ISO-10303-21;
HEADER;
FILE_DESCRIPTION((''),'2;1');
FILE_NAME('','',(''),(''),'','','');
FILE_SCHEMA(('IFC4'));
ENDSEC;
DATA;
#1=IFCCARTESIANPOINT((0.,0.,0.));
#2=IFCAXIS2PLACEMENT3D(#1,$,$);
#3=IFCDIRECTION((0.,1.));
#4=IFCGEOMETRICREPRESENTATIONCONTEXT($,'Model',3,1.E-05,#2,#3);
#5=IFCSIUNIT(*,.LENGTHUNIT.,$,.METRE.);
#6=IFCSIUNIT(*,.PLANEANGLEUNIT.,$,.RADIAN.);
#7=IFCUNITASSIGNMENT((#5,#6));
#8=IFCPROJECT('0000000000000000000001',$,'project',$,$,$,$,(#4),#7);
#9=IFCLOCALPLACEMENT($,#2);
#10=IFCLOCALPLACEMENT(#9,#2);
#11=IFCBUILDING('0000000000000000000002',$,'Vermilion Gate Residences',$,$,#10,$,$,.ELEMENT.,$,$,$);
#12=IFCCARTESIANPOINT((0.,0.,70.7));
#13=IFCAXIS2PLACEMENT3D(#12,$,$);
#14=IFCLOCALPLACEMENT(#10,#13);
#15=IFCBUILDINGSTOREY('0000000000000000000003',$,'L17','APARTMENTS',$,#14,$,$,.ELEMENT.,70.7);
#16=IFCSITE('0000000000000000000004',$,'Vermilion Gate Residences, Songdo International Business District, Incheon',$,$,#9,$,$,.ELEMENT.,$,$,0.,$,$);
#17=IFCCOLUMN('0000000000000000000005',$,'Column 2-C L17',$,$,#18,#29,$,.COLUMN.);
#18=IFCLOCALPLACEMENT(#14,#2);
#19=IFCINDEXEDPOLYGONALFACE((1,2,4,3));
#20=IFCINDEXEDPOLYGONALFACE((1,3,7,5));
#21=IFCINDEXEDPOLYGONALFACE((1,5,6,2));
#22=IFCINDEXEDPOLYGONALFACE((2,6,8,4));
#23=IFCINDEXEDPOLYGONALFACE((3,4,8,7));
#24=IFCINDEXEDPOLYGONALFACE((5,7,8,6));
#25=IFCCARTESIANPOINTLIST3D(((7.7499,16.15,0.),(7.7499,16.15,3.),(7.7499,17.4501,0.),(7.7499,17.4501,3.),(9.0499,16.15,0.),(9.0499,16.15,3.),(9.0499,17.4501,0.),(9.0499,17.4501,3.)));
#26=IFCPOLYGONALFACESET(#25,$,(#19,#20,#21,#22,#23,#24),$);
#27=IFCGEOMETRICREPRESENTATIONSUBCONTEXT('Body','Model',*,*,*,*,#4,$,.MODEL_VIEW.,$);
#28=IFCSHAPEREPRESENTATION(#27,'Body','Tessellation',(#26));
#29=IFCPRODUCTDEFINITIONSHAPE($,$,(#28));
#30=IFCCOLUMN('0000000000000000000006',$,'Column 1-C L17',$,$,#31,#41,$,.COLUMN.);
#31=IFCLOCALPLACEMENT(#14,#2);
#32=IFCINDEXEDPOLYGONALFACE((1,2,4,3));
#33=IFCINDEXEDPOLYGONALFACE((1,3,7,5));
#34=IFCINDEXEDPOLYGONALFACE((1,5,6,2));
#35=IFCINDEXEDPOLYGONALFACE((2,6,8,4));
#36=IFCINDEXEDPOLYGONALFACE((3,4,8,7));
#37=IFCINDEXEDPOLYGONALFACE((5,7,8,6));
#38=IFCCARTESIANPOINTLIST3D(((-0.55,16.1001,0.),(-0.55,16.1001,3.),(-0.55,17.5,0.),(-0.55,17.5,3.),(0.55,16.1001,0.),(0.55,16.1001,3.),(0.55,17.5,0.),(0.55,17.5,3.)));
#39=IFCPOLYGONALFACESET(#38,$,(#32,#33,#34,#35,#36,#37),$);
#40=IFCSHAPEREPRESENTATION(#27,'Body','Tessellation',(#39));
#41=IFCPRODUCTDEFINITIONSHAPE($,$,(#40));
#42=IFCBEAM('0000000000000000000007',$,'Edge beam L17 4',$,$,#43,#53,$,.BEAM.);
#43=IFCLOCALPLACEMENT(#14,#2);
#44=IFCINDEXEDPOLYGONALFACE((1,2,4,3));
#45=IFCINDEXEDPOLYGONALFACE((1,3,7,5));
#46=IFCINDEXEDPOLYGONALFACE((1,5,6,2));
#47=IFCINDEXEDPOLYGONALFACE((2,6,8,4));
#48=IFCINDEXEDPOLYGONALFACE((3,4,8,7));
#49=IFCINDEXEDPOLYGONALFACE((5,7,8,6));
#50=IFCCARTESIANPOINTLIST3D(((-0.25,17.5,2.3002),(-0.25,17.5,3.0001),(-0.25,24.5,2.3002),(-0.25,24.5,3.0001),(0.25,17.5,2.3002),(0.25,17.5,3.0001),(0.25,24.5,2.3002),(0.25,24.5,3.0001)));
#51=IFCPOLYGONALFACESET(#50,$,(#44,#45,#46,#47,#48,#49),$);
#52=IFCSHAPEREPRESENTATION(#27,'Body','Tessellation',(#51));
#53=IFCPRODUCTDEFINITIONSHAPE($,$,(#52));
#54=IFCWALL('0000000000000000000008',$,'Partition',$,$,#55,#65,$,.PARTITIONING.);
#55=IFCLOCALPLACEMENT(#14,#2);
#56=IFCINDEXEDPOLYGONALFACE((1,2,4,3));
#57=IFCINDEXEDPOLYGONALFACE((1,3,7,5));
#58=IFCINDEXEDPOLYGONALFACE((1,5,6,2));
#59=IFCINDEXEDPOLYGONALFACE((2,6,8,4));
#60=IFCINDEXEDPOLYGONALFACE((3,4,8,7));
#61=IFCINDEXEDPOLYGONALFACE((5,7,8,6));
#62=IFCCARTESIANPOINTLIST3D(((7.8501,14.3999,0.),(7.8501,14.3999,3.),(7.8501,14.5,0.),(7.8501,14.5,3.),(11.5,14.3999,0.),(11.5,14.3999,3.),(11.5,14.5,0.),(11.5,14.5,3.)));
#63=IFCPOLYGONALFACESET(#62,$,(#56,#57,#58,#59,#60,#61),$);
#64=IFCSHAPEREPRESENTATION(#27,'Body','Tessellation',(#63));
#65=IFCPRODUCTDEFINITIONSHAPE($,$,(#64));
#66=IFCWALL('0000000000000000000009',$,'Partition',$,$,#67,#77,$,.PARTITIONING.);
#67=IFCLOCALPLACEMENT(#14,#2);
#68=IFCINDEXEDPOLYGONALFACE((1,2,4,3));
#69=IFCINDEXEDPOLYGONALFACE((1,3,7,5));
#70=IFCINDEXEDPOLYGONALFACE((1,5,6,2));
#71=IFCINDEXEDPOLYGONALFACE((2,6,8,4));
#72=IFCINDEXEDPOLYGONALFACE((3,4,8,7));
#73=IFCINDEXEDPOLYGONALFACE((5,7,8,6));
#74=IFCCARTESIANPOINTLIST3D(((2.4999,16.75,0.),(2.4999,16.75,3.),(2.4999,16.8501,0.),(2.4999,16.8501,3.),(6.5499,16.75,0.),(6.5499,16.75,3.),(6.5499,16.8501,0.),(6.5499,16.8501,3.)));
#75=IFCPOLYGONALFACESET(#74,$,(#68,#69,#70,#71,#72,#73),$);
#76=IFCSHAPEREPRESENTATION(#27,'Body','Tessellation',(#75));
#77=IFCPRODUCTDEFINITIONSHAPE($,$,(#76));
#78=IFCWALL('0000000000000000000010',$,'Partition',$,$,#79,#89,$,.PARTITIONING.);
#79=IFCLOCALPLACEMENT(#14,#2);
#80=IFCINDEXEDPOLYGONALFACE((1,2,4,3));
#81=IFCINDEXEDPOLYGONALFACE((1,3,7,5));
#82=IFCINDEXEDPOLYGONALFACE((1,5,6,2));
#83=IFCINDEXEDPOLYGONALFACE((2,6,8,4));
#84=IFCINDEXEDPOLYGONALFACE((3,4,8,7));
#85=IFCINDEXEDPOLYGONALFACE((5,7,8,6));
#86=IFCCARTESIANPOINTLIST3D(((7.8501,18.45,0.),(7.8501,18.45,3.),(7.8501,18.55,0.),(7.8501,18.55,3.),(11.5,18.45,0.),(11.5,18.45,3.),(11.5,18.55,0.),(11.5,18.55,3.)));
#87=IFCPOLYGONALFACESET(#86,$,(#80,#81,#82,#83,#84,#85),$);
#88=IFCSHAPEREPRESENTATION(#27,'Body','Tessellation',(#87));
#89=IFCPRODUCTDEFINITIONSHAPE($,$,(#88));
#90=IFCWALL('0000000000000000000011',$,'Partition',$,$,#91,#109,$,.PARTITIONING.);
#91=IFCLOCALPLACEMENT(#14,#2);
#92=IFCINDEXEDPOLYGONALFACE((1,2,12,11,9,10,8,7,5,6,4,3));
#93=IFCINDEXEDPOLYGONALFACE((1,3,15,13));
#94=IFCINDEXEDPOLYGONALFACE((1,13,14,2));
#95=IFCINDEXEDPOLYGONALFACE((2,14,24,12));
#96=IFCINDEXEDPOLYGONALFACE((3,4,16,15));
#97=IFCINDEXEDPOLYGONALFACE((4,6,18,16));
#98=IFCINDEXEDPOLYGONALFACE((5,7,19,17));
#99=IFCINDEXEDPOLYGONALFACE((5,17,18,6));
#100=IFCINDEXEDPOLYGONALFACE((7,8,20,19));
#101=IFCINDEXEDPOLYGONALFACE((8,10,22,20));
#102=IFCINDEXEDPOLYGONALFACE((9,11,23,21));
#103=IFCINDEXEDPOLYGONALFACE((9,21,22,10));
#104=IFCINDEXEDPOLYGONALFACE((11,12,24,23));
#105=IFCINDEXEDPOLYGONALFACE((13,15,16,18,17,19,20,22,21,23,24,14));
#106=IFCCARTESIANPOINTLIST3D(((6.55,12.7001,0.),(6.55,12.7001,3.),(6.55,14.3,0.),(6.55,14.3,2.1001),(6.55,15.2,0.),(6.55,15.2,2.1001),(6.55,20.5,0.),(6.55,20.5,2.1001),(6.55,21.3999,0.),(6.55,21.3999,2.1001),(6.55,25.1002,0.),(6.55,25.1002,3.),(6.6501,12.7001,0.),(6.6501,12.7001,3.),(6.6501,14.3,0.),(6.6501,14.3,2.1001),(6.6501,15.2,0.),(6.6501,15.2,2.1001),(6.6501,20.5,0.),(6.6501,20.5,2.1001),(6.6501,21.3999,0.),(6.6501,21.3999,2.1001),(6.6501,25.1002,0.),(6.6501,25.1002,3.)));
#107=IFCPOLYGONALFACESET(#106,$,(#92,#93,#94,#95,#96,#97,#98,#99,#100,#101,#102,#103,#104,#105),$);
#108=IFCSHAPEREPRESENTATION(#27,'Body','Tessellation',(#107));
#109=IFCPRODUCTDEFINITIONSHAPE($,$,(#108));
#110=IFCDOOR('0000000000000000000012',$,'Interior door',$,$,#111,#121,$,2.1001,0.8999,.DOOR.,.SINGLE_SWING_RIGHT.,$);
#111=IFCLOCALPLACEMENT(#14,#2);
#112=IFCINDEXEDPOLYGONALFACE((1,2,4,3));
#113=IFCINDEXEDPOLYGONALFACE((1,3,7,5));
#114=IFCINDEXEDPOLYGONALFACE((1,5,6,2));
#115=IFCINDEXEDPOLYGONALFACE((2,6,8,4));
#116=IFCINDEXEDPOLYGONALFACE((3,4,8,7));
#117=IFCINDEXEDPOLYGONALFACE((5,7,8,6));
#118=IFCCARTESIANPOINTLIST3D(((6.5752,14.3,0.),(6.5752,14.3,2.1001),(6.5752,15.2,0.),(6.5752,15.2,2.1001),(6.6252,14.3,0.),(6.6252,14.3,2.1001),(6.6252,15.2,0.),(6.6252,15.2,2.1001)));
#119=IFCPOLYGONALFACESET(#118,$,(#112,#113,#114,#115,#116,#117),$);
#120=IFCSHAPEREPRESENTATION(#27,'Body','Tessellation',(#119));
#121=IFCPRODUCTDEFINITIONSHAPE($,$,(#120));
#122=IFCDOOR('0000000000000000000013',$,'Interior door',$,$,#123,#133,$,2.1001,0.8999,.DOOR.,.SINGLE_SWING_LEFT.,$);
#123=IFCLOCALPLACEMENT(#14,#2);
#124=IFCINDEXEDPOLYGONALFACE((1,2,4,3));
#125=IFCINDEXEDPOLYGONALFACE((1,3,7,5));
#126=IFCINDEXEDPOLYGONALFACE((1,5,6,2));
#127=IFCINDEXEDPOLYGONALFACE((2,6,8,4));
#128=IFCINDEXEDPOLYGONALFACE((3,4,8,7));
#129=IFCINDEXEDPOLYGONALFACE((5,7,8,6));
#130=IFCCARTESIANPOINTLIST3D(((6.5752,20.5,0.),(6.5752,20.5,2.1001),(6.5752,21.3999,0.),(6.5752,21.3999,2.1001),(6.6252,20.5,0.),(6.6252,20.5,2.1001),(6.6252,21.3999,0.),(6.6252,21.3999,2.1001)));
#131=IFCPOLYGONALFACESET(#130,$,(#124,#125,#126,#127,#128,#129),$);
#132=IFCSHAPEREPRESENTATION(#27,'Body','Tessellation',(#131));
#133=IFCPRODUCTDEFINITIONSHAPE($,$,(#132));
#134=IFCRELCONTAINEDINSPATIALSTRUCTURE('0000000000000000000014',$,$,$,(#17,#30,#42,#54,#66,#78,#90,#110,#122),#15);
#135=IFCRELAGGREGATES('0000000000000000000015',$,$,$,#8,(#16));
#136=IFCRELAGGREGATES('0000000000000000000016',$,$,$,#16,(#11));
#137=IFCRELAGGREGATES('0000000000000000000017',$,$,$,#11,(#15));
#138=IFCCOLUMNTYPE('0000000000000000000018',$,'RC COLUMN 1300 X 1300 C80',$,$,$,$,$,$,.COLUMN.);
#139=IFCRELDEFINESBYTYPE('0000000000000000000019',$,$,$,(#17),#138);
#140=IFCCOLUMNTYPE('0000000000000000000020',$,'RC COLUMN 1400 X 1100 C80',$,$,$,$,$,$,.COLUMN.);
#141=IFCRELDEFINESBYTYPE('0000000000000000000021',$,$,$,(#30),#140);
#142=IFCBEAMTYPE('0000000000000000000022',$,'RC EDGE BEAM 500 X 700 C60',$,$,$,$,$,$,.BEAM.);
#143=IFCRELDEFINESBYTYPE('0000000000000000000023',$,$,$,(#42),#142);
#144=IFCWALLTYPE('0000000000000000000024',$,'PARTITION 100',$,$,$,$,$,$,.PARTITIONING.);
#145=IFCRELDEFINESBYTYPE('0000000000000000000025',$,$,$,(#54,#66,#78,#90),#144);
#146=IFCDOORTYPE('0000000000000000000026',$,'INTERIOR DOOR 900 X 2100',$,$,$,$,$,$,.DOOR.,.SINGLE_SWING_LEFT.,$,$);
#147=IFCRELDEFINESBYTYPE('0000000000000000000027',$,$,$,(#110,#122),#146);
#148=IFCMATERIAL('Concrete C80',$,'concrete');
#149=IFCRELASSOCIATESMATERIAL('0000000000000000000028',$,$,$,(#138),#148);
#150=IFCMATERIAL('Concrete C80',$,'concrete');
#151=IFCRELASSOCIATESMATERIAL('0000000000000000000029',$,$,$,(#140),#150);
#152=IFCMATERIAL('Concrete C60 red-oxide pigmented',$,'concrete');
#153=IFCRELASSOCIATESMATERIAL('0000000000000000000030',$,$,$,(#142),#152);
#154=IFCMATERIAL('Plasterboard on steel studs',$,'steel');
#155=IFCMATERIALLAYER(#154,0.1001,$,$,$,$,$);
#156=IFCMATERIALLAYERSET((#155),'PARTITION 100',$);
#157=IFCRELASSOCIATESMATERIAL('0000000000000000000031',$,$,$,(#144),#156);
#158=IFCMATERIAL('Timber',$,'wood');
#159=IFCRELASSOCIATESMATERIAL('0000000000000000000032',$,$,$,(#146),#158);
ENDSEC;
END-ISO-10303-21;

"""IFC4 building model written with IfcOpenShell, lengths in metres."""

from ifc_helpers import new_model, si_unit, direction, frame, frame_2d, origin, origin_2d, place, context, subcontext, project, spatial, rectangle, extrude, material, layer, layer_set, material_profile, profile_set, type_object, element, fill, save


model = new_model("IFC4")

# Units and contexts
model_context = context("Model", 3, precision=1e-05, world=origin(), true_north=direction((0.0, 1.0)))
body_context = subcontext(model_context, "Body", "Model", "MODEL_VIEW")
ifc_project = project(units=[si_unit("LENGTHUNIT", "METRE"), si_unit("PLANEANGLEUNIT", "RADIAN")], contexts=[model_context])

# Site, building, storey
site_placement = place(None, origin())
site = spatial("IfcSite", under=ifc_project, at=site_placement, Name="Vermilion Gate Residences, Songdo International Business District, Incheon", CompositionType="ELEMENT", RefElevation=0.0)
building_placement = place(site_placement, origin())
building = spatial("IfcBuilding", under=site, at=building_placement, Name="Vermilion Gate Residences", CompositionType="ELEMENT")
storey_placement = place(building_placement, frame((0.0, 0.0, 70.7)))
storey = spatial("IfcBuildingStorey", under=building, at=storey_placement, Name="L17", Description="APARTMENTS", CompositionType="ELEMENT", Elevation=70.7)

# Columns
ifc_material_1 = material(Name="Concrete C80", Category="concrete")
ifc_material_profile_1 = material_profile(ifc_material_1, rectangle(XDim=1.3, YDim=1.3, at=origin_2d()), Name="RC-1300x1300")
ifc_profile_set_1 = profile_set([ifc_material_profile_1], Name="Concrete C80")
column_type_1 = type_object("IfcColumnType", Name="RC COLUMN 1300 X 1300 C80", PredefinedType="COLUMN", material=ifc_profile_set_1)
column_1_placement = place(storey_placement, frame((8.3999, 16.8, 0.0), z_axis=(0.0, 0.0, 1.0), x_axis=(1.0, 0.0, 0.0)))
element("IfcColumn", 1, at=column_1_placement, inside=storey, type_object=column_type_1, Name="Column 2-C L17", PredefinedType="COLUMN", context=body_context, shape_type="SweptSolid", body=[
    extrude(rectangle(XDim=1.3, YDim=1.3, at=origin_2d()), origin(), (0.0, 0.0, 1.0), 3.0),
])
ifc_material_2 = material(Name="Concrete C80", Category="concrete")
ifc_material_profile_2 = material_profile(ifc_material_2, rectangle(XDim=1.3999, YDim=1.1001, at=origin_2d()), Name="RC-1400x1100")
ifc_profile_set_2 = profile_set([ifc_material_profile_2], Name="Concrete C80")
column_type_2 = type_object("IfcColumnType", Name="RC COLUMN 1400 X 1100 C80", PredefinedType="COLUMN", material=ifc_profile_set_2)
column_2_placement = place(storey_placement, frame((0.0, 16.8, 0.0), z_axis=(0.0, 0.0, 1.0), x_axis=(0.0, 1.0, 0.0)))
element("IfcColumn", 2, at=column_2_placement, inside=storey, type_object=column_type_2, Name="Column 1-C L17", PredefinedType="COLUMN", context=body_context, shape_type="SweptSolid", body=[
    extrude(rectangle(XDim=1.3999, YDim=1.1001, at=origin_2d()), origin(), (0.0, 0.0, 1.0), 3.0),
])

# Beam
ifc_material_3 = material(Name="Concrete C60 red-oxide pigmented", Category="concrete")
ifc_material_profile_3 = material_profile(ifc_material_3, rectangle(XDim=0.5, YDim=0.7, at=origin_2d()), Name="RC-500x700")
ifc_profile_set_3 = profile_set([ifc_material_profile_3], Name="Concrete C60 red-oxide pigmented")
beam_type = type_object("IfcBeamType", Name="RC EDGE BEAM 500 X 700 C60", PredefinedType="BEAM", material=ifc_profile_set_3)
beam_placement = place(storey_placement, frame((0.0, 17.5, 2.6501), z_axis=(0.0, 1.0, 0.0), x_axis=(-1.0, 0.0, 0.0)))
element("IfcBeam", 3, at=beam_placement, inside=storey, type_object=beam_type, Name="Edge beam L17 4", PredefinedType="BEAM", context=body_context, shape_type="SweptSolid", body=[
    extrude(rectangle(XDim=0.5, YDim=0.7, at=origin_2d()), origin(), (0.0, 0.0, 1.0), 7.0),
])

# Walls
ifc_material_4 = material(Name="Plasterboard on steel studs", Category="steel")
ifc_layer_1 = layer(ifc_material_4, 0.1001)
ifc_layer_set_1 = layer_set([ifc_layer_1], Name="PARTITION 100")
wall_type_1 = type_object("IfcWallType", Name="PARTITION 100", PredefinedType="PARTITIONING", material=ifc_layer_set_1)
wall_1_placement = place(storey_placement, frame((7.8501, 14.45, 0.0), z_axis=(0.0, 0.0, 1.0), x_axis=(1.0, 0.0, 0.0)))
element("IfcWall", 4, at=wall_1_placement, inside=storey, type_object=wall_type_1, Name="Partition", PredefinedType="PARTITIONING", context=body_context, shape_type="SweptSolid", body=[
    extrude(rectangle(XDim=3.6499, YDim=0.1001, at=frame_2d((1.825, 0.0))), origin(), (0.0, 0.0, 1.0), 3.0),
])
wall_2_placement = place(storey_placement, frame((2.5, 16.8, 0.0), z_axis=(0.0, 0.0, 1.0), x_axis=(1.0, 0.0, 0.0)))
element("IfcWall", 5, at=wall_2_placement, inside=storey, type_object=wall_type_1, Name="Partition", PredefinedType="PARTITIONING", context=body_context, shape_type="SweptSolid", body=[
    extrude(rectangle(XDim=4.05, YDim=0.1001, at=frame_2d((2.0249, 0.0))), origin(), (0.0, 0.0, 1.0), 3.0),
])
wall_3_placement = place(storey_placement, frame((7.8501, 18.5, 0.0), z_axis=(0.0, 0.0, 1.0), x_axis=(1.0, 0.0, 0.0)))
element("IfcWall", 6, at=wall_3_placement, inside=storey, type_object=wall_type_1, Name="Partition", PredefinedType="PARTITIONING", context=body_context, shape_type="SweptSolid", body=[
    extrude(rectangle(XDim=3.6499, YDim=0.1001, at=frame_2d((1.825, 0.0))), origin(), (0.0, 0.0, 1.0), 3.0),
])

# Wall, openings, doors
wall_4_placement = place(storey_placement, frame((6.6001, 12.7, 0.0), z_axis=(0.0, 0.0, 1.0), x_axis=(0.0, 1.0, 0.0)))
wall_4 = element("IfcWall", 7, at=wall_4_placement, inside=storey, type_object=wall_type_1, Name="Partition", PredefinedType="PARTITIONING", context=body_context, shape_type="SweptSolid", body=[
    extrude(rectangle(XDim=12.4001, YDim=0.1001, at=frame_2d((6.2002, 0.0))), origin(), (0.0, 0.0, 1.0), 3.0),
])
opening_1_placement = place(wall_4_placement, frame((1.6001, 0.0, 0.0)))
opening_1 = element("IfcOpeningElement", 8, at=opening_1_placement, cuts=wall_4, PredefinedType="OPENING", context=body_context, shape_type="SweptSolid", body=[
    extrude(rectangle(XDim=0.8999, YDim=2.1001, at=frame_2d((0.45, 1.05))), frame((0.0, 0.0601, 0.0), z_axis=(0.0, -1.0, 0.0), x_axis=(1.0, 0.0, 0.0)), (0.0, 0.0, 1.0), 0.1201),
])
opening_2_placement = place(wall_4_placement, frame((7.8, 0.0, 0.0)))
opening_2 = element("IfcOpeningElement", 9, at=opening_2_placement, cuts=wall_4, PredefinedType="OPENING", context=body_context, shape_type="SweptSolid", body=[
    extrude(rectangle(XDim=0.8999, YDim=2.1001, at=frame_2d((0.45, 1.05))), frame((0.0, 0.0601, 0.0), z_axis=(0.0, -1.0, 0.0), x_axis=(1.0, 0.0, 0.0)), (0.0, 0.0, 1.0), 0.1201),
])
ifc_material_5 = material(Name="Timber", Category="wood")
door_type = type_object("IfcDoorType", Name="INTERIOR DOOR 900 X 2100", OperationType="SINGLE_SWING_LEFT", PredefinedType="DOOR", material=ifc_material_5)
door_1_placement = place(opening_1_placement, origin())
door_1 = element("IfcDoor", 10, at=door_1_placement, inside=storey, type_object=door_type, Name="Interior door", OperationType="SINGLE_SWING_RIGHT", OverallHeight=2.1001, OverallWidth=0.8999, PredefinedType="DOOR", context=body_context, shape_type="SweptSolid", body=[
    extrude(rectangle(XDim=0.8999, YDim=2.1001, at=frame_2d((0.45, 1.05))), frame((0.0, 0.0249, 0.0), z_axis=(0.0, -1.0, 0.0), x_axis=(1.0, 0.0, 0.0)), (0.0, 0.0, 1.0), 0.05),
])
fill(opening_1, door_1)
door_2_placement = place(opening_2_placement, origin())
door_2 = element("IfcDoor", 11, at=door_2_placement, inside=storey, type_object=door_type, Name="Interior door", OperationType="SINGLE_SWING_LEFT", OverallHeight=2.1001, OverallWidth=0.8999, PredefinedType="DOOR", context=body_context, shape_type="SweptSolid", body=[
    extrude(rectangle(XDim=0.8999, YDim=2.1001, at=frame_2d((0.45, 1.05))), frame((0.0, 0.0249, 0.0), z_axis=(0.0, -1.0, 0.0), x_axis=(1.0, 0.0, 0.0)), (0.0, 0.0, 1.0), 0.05),
])
fill(opening_2, door_2)

save(model, "model.ifc")
